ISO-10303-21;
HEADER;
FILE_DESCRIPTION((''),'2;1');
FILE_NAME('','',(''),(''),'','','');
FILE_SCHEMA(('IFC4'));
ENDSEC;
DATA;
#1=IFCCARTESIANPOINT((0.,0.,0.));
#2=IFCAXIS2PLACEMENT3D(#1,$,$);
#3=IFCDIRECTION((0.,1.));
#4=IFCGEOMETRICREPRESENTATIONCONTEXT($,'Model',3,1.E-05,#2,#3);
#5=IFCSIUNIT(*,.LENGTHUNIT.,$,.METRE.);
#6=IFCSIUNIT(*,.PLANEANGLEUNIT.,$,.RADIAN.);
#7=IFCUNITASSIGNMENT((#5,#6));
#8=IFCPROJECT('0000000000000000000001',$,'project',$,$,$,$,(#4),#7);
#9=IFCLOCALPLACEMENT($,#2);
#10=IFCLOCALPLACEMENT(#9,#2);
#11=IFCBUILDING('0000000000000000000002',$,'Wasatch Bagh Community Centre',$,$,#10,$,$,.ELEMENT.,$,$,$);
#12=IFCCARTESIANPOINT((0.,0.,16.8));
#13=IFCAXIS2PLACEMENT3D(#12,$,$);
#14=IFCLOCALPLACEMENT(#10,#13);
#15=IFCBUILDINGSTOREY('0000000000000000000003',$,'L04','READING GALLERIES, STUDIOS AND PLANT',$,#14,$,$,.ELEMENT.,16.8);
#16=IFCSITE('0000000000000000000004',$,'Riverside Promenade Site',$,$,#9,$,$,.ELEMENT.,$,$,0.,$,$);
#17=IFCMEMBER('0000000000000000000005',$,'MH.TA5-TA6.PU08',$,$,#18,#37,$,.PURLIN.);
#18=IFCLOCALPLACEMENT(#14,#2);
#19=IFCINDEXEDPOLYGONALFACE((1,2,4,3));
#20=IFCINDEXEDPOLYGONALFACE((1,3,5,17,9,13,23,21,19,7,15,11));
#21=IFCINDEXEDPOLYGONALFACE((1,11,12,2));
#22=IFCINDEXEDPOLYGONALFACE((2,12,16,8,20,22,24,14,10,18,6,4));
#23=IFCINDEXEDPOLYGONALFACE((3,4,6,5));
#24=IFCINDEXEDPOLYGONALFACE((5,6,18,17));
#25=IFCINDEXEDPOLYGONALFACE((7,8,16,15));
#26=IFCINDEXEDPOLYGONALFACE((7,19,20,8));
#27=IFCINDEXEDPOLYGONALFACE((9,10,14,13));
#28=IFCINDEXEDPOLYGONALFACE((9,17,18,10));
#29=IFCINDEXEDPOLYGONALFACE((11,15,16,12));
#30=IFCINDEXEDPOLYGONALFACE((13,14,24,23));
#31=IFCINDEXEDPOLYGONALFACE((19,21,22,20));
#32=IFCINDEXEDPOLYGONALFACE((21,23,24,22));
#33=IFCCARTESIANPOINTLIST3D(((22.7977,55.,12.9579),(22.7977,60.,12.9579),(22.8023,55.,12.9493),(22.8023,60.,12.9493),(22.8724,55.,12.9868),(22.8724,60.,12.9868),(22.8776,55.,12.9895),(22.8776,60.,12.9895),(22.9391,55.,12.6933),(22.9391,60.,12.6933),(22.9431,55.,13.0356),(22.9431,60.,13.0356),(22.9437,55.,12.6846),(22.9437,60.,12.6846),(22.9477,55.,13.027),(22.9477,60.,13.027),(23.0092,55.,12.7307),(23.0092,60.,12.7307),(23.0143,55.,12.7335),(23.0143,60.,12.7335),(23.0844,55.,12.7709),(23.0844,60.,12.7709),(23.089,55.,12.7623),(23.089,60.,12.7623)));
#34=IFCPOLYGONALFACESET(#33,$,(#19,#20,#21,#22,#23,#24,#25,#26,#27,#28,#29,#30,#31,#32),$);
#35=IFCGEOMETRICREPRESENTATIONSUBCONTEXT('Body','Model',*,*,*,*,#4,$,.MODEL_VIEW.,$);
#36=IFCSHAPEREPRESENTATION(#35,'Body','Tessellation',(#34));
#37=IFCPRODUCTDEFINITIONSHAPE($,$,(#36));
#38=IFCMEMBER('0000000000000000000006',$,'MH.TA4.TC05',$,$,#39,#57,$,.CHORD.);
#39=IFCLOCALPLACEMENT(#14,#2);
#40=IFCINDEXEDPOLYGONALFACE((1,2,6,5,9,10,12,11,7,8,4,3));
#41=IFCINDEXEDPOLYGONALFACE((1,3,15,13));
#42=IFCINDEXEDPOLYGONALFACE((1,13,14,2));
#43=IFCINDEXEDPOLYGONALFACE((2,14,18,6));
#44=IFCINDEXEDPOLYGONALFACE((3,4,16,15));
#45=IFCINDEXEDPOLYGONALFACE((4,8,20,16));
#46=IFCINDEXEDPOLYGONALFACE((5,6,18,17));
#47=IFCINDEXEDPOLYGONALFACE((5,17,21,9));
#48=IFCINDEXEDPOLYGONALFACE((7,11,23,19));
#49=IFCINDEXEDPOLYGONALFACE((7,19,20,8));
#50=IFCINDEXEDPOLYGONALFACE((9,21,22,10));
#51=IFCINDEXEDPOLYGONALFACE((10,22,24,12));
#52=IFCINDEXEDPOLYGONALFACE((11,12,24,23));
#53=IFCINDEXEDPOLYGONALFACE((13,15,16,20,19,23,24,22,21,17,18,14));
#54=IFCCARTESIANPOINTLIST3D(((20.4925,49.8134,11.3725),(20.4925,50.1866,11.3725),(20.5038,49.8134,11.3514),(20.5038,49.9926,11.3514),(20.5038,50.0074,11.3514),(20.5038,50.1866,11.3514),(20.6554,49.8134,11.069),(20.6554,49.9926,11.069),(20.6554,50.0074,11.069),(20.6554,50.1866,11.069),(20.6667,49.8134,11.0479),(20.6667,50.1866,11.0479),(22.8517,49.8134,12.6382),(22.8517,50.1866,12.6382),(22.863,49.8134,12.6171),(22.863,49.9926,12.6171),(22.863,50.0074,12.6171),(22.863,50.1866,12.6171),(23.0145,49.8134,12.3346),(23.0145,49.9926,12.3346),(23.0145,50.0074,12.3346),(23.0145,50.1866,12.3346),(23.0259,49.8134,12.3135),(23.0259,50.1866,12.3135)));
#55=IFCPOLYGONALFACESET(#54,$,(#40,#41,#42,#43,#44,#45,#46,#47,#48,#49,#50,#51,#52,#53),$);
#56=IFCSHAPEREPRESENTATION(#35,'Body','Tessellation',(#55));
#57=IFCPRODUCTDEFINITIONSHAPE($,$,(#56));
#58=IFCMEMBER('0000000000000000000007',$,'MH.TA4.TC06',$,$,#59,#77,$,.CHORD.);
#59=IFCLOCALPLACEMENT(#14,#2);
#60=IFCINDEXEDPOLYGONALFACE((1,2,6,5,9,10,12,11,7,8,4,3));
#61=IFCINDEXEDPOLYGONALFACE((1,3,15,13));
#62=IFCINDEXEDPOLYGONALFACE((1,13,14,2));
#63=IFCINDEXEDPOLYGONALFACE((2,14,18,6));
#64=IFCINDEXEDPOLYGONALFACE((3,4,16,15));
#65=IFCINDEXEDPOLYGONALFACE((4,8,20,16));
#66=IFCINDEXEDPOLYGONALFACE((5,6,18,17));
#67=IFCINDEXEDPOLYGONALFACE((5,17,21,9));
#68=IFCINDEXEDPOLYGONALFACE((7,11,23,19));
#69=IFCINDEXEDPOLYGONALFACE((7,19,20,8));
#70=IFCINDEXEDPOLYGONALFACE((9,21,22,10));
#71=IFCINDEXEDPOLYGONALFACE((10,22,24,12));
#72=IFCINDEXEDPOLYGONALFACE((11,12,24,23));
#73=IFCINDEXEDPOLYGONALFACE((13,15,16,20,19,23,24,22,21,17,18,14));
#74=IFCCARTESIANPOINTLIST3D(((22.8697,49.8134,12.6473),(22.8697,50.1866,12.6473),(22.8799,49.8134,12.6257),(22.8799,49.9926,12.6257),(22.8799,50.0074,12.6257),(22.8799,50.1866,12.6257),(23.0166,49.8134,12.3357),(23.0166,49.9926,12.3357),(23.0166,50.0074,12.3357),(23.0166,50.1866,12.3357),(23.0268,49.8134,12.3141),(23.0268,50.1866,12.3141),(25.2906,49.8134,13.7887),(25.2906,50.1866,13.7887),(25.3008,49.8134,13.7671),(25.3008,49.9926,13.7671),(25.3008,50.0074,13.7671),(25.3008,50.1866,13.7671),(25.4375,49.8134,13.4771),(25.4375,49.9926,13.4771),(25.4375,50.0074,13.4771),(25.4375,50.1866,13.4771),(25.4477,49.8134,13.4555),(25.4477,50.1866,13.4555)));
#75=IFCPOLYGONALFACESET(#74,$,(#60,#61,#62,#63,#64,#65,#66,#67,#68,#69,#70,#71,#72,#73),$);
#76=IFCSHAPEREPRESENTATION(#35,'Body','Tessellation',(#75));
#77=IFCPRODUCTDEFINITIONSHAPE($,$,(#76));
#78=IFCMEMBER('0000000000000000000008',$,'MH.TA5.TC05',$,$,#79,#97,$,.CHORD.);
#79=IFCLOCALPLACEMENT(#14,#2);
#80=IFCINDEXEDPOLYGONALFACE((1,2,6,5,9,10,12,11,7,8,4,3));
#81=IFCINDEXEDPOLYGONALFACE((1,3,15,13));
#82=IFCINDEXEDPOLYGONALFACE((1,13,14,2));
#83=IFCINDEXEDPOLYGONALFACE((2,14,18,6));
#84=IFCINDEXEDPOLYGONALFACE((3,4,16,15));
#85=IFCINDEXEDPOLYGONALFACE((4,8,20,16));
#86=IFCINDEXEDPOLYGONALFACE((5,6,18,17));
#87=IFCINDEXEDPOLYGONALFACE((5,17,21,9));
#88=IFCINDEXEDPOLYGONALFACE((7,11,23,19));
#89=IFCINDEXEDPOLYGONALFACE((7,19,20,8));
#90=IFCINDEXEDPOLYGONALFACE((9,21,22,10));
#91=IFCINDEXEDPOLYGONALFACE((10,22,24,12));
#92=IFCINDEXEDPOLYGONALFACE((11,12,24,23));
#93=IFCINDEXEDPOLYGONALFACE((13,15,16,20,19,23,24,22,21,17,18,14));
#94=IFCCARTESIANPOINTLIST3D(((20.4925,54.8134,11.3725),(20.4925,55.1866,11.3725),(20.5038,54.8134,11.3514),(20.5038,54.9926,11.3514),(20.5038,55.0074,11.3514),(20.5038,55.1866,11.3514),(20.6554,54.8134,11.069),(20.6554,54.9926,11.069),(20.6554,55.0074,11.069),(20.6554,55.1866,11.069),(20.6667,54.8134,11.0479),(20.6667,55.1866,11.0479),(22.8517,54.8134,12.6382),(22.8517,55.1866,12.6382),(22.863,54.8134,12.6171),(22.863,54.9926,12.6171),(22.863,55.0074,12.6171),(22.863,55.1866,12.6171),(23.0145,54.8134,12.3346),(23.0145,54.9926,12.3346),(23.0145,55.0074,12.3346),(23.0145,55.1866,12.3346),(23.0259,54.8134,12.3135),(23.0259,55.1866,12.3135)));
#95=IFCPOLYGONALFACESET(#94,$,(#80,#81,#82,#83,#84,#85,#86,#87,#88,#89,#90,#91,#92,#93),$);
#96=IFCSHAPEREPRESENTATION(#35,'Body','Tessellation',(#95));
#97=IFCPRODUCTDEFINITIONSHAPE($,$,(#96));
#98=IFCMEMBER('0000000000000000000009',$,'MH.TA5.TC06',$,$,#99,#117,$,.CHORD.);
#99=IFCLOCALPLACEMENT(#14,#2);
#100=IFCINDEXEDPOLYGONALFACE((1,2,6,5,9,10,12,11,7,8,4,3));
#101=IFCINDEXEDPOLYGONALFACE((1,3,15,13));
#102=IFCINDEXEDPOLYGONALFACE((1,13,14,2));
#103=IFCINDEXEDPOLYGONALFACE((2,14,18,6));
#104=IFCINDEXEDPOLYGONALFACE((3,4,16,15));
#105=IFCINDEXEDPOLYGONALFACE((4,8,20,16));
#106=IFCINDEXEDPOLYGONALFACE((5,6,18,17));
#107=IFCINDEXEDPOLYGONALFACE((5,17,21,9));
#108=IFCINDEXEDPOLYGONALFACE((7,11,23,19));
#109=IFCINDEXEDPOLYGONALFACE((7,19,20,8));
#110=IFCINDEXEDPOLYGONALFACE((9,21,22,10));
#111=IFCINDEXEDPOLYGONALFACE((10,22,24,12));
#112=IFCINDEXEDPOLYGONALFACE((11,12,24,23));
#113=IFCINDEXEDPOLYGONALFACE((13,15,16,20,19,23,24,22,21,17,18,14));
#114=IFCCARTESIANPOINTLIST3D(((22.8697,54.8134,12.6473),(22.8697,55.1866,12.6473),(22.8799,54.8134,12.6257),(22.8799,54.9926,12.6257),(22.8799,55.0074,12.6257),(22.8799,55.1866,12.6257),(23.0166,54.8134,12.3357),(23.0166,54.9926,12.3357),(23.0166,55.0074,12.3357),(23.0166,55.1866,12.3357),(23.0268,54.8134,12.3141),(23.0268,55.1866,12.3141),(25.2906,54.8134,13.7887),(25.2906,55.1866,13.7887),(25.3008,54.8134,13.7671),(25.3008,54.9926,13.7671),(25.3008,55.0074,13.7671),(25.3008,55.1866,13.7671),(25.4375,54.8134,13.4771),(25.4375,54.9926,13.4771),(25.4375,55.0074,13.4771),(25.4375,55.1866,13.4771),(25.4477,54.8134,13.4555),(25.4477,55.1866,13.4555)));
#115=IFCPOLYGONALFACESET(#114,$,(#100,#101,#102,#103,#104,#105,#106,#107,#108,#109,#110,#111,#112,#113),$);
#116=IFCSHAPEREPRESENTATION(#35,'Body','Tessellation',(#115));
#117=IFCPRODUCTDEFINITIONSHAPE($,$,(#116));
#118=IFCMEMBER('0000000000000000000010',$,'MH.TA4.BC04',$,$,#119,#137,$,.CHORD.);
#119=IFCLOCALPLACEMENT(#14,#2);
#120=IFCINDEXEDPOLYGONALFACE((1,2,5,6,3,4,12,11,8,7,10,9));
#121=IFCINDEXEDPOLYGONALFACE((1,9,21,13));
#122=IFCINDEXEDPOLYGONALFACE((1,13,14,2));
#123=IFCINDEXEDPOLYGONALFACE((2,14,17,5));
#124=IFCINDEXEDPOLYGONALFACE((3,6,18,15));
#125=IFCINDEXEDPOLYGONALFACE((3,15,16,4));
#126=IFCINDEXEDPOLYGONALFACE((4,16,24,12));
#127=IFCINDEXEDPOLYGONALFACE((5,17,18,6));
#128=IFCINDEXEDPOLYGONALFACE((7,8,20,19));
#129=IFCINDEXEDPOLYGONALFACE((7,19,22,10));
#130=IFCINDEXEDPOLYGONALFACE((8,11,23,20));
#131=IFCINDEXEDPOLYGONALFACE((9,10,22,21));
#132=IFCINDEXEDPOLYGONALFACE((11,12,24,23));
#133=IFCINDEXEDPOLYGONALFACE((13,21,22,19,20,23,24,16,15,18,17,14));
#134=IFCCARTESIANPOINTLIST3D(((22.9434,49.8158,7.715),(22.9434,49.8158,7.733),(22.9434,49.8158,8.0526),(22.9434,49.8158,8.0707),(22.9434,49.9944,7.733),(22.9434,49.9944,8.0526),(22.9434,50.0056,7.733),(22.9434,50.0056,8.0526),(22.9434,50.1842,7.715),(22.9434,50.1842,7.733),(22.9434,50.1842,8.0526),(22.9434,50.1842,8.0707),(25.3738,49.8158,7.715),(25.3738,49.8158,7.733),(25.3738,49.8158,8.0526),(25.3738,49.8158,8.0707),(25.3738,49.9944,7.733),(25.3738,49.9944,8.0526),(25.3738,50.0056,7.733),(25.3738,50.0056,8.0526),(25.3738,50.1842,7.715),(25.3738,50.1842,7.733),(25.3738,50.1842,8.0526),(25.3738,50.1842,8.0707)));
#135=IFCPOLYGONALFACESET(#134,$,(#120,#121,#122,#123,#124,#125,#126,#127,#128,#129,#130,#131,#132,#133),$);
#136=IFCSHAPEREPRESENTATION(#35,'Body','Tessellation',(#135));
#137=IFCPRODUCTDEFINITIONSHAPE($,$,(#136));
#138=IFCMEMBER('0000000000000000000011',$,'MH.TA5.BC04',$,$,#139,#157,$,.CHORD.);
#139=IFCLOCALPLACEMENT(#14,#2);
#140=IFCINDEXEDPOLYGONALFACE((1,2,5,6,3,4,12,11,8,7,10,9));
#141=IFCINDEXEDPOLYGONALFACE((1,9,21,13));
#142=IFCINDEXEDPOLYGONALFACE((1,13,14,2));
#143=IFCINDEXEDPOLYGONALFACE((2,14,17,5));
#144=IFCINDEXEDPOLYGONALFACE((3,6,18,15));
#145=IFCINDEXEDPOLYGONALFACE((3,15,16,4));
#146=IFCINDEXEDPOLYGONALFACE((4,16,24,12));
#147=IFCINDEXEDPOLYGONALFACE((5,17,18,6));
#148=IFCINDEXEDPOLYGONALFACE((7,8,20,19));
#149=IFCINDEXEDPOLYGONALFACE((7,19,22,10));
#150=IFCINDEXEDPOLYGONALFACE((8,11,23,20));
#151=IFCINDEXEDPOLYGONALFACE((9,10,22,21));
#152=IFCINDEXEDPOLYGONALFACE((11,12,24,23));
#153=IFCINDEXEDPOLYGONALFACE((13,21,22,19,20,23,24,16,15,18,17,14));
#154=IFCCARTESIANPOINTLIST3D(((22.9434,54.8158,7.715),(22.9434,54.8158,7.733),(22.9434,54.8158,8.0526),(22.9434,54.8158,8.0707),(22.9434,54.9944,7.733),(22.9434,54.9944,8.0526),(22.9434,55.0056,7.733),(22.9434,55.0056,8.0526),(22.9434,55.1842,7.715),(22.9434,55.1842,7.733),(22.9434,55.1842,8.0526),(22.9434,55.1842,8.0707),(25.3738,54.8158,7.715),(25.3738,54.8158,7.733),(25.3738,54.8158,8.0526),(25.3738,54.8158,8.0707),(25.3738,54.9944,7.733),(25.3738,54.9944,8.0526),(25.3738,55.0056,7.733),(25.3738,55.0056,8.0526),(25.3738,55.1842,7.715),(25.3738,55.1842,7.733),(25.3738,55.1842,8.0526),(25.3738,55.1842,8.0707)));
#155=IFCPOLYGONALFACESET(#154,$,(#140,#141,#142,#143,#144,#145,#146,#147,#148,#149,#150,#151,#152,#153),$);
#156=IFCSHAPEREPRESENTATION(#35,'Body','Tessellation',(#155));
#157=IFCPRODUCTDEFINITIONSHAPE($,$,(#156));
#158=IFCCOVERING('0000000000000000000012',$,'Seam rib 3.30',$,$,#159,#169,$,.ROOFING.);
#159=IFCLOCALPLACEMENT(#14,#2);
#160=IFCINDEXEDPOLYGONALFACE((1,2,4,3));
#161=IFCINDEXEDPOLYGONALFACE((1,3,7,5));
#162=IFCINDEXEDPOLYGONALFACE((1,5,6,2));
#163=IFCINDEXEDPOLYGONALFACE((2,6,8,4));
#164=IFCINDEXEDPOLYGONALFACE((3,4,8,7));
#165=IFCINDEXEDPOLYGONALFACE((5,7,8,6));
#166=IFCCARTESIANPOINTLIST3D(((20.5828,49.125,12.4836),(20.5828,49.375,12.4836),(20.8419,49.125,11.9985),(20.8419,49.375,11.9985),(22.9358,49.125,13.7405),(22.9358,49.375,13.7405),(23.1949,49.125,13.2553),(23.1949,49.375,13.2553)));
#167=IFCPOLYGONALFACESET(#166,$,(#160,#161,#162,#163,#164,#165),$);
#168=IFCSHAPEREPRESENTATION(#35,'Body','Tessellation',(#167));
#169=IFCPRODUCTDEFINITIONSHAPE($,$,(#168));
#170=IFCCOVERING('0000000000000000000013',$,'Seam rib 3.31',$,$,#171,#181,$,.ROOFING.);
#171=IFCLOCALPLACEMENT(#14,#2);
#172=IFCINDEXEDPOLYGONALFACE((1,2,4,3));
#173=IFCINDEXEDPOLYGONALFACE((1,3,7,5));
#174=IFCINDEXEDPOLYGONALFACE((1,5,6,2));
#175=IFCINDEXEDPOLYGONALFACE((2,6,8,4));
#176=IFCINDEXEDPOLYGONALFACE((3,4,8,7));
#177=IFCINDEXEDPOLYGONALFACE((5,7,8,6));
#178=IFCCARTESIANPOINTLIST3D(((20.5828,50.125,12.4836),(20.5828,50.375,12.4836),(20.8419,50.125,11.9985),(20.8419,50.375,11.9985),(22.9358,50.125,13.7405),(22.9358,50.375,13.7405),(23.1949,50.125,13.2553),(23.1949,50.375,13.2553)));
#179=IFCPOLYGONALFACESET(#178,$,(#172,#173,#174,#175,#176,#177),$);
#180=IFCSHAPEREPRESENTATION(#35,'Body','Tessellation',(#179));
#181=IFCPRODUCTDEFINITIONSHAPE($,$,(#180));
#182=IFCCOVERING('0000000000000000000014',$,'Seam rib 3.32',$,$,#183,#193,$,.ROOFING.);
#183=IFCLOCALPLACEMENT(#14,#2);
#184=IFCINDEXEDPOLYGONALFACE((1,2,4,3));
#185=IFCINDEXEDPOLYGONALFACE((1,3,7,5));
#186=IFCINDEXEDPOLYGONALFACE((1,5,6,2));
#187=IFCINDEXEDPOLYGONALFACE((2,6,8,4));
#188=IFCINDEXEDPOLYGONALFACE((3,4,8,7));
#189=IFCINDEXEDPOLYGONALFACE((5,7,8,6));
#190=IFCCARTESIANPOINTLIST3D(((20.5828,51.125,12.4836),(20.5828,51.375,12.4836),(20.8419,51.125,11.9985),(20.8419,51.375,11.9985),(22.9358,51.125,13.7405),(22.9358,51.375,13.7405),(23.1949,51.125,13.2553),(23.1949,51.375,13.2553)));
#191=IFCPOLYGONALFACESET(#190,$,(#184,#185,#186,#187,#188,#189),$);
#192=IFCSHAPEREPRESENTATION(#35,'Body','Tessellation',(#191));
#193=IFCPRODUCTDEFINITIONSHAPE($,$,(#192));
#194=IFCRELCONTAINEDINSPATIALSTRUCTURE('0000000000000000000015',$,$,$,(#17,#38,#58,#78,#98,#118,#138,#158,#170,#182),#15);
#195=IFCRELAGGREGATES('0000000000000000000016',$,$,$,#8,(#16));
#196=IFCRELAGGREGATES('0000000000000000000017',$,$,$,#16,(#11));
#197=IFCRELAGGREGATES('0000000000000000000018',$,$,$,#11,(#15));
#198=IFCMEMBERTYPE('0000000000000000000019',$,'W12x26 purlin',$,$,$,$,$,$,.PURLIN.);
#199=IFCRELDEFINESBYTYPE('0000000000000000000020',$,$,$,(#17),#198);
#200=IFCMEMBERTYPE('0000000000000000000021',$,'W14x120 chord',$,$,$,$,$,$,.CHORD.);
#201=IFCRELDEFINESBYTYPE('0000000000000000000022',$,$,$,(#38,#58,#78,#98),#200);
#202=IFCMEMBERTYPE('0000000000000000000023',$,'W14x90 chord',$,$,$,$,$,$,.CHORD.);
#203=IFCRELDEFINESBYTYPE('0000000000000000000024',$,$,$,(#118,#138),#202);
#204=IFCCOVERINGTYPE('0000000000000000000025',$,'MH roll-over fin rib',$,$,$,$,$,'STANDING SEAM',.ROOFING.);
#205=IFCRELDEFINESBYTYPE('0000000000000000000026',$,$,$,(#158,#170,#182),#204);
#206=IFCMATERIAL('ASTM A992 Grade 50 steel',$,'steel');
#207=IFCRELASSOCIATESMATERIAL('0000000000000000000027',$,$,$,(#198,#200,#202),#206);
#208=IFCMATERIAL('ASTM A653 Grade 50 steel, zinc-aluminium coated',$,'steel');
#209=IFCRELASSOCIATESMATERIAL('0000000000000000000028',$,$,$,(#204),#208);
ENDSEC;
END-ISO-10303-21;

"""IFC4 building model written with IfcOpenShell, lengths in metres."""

from ifc_helpers import new_model, si_unit, direction, frame, origin, origin_2d, place, context, subcontext, project, spatial, polyline, i_section, outline, extrude, material, material_profile, profile_set, type_object, element, save


model = new_model("IFC4")

# Units and contexts
model_context = context("Model", 3, precision=1e-05, world=origin(), true_north=direction((0.0, 1.0)))
body_context = subcontext(model_context, "Body", "Model", "MODEL_VIEW")
ifc_project = project(units=[si_unit("LENGTHUNIT", "METRE"), si_unit("PLANEANGLEUNIT", "RADIAN")], contexts=[model_context])

# Site, building, storey
site_placement = place(None, origin())
site = spatial("IfcSite", under=ifc_project, at=site_placement, Name="Riverside Promenade Site", CompositionType="ELEMENT", RefElevation=0.0)
building_placement = place(site_placement, origin())
building = spatial("IfcBuilding", under=site, at=building_placement, Name="Wasatch Bagh Community Centre", CompositionType="ELEMENT")
storey_placement = place(building_placement, frame((0.0, 0.0, 16.8)))
storey = spatial("IfcBuildingStorey", under=building, at=storey_placement, Name="L04", Description="READING GALLERIES, STUDIOS AND PLANT", CompositionType="ELEMENT", Elevation=16.8)

# Members
ifc_material_1 = material(Name="ASTM A992 Grade 50 steel", Category="steel")
ifc_material_profile_1 = material_profile(ifc_material_1, i_section(OverallWidth=0.1648, OverallDepth=0.3098, WebThickness=0.0059, FlangeThickness=0.0098, at=origin_2d()), Name="W12x26")
ifc_profile_set_1 = profile_set([ifc_material_profile_1], Name="ASTM A992 Grade 50 steel")
member_type_1 = type_object("IfcMemberType", Name="W12x26 purlin", PredefinedType="PURLIN", material=ifc_profile_set_1)
for number, where, z_axis, x_axis, name in (
    (1, (22.9434, 55.0, 12.8601), (0.0, 1.0, 0.0), (-0.882062, 0.0, -0.471133), "MH.TA5-TA6.PU08"),
):
    element("IfcMember", number, at=place(storey_placement, frame(where, z_axis=z_axis, x_axis=x_axis)), inside=storey, type_object=member_type_1, Name=name, PredefinedType="PURLIN", context=body_context, shape_type="SweptSolid", body=[
        extrude(i_section(OverallWidth=0.1648, OverallDepth=0.3098, WebThickness=0.0059, FlangeThickness=0.0098, at=origin_2d()), origin(), (0.0, 0.0, 1.0), 5.0),
    ])
ifc_material_profile_2 = material_profile(ifc_material_1, i_section(OverallWidth=0.3733, OverallDepth=0.3684, WebThickness=0.0149, FlangeThickness=0.0239, at=origin_2d()), Name="W14x120")
ifc_profile_set_2 = profile_set([ifc_material_profile_2], Name="ASTM A992 Grade 50 steel")
member_type_2 = type_object("IfcMemberType", Name="W14x120 chord", PredefinedType="CHORD", material=ifc_profile_set_2)
member_1_placement = place(storey_placement, frame((20.5796, 50.0, 11.2102), z_axis=(0.881199, 0.0, 0.472745), x_axis=(0.0, 1.0, 0.0)))
element("IfcMember", 2, at=member_1_placement, inside=storey, type_object=member_type_2, Name="MH.TA4.TC05", PredefinedType="CHORD", context=body_context, shape_type="SweptSolid", body=[
    extrude(i_section(OverallWidth=0.3733, OverallDepth=0.3684, WebThickness=0.0149, FlangeThickness=0.0239, at=origin_2d()), origin(), (0.0, 0.0, 1.0), 2.6772),
])
member_2_placement = place(storey_placement, frame((22.9482, 50.0, 12.4807), z_axis=(0.904515, 0.0, 0.426443), x_axis=(0.0, 1.0, 0.0)))
element("IfcMember", 3, at=member_2_placement, inside=storey, type_object=member_type_2, Name="MH.TA4.TC06", PredefinedType="CHORD", context=body_context, shape_type="SweptSolid", body=[
    extrude(i_section(OverallWidth=0.3733, OverallDepth=0.3684, WebThickness=0.0149, FlangeThickness=0.0239, at=origin_2d()), origin(), (0.0, 0.0, 1.0), 2.6765),
])
member_3_placement = place(storey_placement, frame((20.5796, 55.0, 11.2102), z_axis=(0.881199, 0.0, 0.472745), x_axis=(0.0, 1.0, 0.0)))
element("IfcMember", 4, at=member_3_placement, inside=storey, type_object=member_type_2, Name="MH.TA5.TC05", PredefinedType="CHORD", context=body_context, shape_type="SweptSolid", body=[
    extrude(i_section(OverallWidth=0.3733, OverallDepth=0.3684, WebThickness=0.0149, FlangeThickness=0.0239, at=origin_2d()), origin(), (0.0, 0.0, 1.0), 2.6772),
])
member_4_placement = place(storey_placement, frame((22.9482, 55.0, 12.4807), z_axis=(0.904515, 0.0, 0.426443), x_axis=(0.0, 1.0, 0.0)))
element("IfcMember", 5, at=member_4_placement, inside=storey, type_object=member_type_2, Name="MH.TA5.TC06", PredefinedType="CHORD", context=body_context, shape_type="SweptSolid", body=[
    extrude(i_section(OverallWidth=0.3733, OverallDepth=0.3684, WebThickness=0.0149, FlangeThickness=0.0239, at=origin_2d()), origin(), (0.0, 0.0, 1.0), 2.6765),
])
ifc_material_profile_3 = material_profile(ifc_material_1, i_section(OverallWidth=0.3684, OverallDepth=0.3557, WebThickness=0.0112, FlangeThickness=0.0181, at=origin_2d()), Name="W14x90")
ifc_profile_set_3 = profile_set([ifc_material_profile_3], Name="ASTM A992 Grade 50 steel")
member_type_3 = type_object("IfcMemberType", Name="W14x90 chord", PredefinedType="CHORD", material=ifc_profile_set_3)
for number, where, z_axis, x_axis, name in (
    (6, (22.9434, 50.0, 7.8928), (1.0, 0.0, 0.0), (0.0, 1.0, 0.0), "MH.TA4.BC04"),
    (7, (22.9434, 55.0, 7.8928), (1.0, 0.0, 0.0), (0.0, 1.0, 0.0), "MH.TA5.BC04"),
):
    element("IfcMember", number, at=place(storey_placement, frame(where, z_axis=z_axis, x_axis=x_axis)), inside=storey, type_object=member_type_3, Name=name, PredefinedType="CHORD", context=body_context, shape_type="SweptSolid", body=[
        extrude(i_section(OverallWidth=0.3684, OverallDepth=0.3557, WebThickness=0.0112, FlangeThickness=0.0181, at=origin_2d()), origin(), (0.0, 0.0, 1.0), 2.4304),
    ])

# Coverings
ifc_material_2 = material(Name="ASTM A653 Grade 50 steel, zinc-aluminium coated", Category="steel")
covering_type = type_object("IfcCoveringType", Name="MH roll-over fin rib", ElementType="STANDING SEAM", PredefinedType="ROOFING", material=ifc_material_2)
for number, where, z_axis, x_axis, name in (
    (8, (20.5828, 49.125, 12.4836), (-0.471139, 0.0, 0.882059), (0.882059, 0.0, 0.471139), "Seam rib 3.30"),
    (9, (20.5828, 50.125, 12.4836), (-0.471139, 0.0, 0.882059), (0.882059, 0.0, 0.471139), "Seam rib 3.31"),
    (10, (20.5828, 51.125, 12.4836), (-0.471139, 0.0, 0.882059), (0.882059, 0.0, 0.471139), "Seam rib 3.32"),
):
    element("IfcCovering", number, at=place(storey_placement, frame(where, z_axis=z_axis, x_axis=x_axis)), inside=storey, type_object=covering_type, Name=name, PredefinedType="ROOFING", context=body_context, shape_type="SweptSolid", body=[
        extrude(outline(polyline([(0.0, 0.0), (2.6677, 0.0), (2.6677, 0.25), (0.0, 0.25), (0.0, 0.0)])), origin(), (0.0, 0.0, -1.0), 0.55),
    ])

save(model, "model.ifc")
